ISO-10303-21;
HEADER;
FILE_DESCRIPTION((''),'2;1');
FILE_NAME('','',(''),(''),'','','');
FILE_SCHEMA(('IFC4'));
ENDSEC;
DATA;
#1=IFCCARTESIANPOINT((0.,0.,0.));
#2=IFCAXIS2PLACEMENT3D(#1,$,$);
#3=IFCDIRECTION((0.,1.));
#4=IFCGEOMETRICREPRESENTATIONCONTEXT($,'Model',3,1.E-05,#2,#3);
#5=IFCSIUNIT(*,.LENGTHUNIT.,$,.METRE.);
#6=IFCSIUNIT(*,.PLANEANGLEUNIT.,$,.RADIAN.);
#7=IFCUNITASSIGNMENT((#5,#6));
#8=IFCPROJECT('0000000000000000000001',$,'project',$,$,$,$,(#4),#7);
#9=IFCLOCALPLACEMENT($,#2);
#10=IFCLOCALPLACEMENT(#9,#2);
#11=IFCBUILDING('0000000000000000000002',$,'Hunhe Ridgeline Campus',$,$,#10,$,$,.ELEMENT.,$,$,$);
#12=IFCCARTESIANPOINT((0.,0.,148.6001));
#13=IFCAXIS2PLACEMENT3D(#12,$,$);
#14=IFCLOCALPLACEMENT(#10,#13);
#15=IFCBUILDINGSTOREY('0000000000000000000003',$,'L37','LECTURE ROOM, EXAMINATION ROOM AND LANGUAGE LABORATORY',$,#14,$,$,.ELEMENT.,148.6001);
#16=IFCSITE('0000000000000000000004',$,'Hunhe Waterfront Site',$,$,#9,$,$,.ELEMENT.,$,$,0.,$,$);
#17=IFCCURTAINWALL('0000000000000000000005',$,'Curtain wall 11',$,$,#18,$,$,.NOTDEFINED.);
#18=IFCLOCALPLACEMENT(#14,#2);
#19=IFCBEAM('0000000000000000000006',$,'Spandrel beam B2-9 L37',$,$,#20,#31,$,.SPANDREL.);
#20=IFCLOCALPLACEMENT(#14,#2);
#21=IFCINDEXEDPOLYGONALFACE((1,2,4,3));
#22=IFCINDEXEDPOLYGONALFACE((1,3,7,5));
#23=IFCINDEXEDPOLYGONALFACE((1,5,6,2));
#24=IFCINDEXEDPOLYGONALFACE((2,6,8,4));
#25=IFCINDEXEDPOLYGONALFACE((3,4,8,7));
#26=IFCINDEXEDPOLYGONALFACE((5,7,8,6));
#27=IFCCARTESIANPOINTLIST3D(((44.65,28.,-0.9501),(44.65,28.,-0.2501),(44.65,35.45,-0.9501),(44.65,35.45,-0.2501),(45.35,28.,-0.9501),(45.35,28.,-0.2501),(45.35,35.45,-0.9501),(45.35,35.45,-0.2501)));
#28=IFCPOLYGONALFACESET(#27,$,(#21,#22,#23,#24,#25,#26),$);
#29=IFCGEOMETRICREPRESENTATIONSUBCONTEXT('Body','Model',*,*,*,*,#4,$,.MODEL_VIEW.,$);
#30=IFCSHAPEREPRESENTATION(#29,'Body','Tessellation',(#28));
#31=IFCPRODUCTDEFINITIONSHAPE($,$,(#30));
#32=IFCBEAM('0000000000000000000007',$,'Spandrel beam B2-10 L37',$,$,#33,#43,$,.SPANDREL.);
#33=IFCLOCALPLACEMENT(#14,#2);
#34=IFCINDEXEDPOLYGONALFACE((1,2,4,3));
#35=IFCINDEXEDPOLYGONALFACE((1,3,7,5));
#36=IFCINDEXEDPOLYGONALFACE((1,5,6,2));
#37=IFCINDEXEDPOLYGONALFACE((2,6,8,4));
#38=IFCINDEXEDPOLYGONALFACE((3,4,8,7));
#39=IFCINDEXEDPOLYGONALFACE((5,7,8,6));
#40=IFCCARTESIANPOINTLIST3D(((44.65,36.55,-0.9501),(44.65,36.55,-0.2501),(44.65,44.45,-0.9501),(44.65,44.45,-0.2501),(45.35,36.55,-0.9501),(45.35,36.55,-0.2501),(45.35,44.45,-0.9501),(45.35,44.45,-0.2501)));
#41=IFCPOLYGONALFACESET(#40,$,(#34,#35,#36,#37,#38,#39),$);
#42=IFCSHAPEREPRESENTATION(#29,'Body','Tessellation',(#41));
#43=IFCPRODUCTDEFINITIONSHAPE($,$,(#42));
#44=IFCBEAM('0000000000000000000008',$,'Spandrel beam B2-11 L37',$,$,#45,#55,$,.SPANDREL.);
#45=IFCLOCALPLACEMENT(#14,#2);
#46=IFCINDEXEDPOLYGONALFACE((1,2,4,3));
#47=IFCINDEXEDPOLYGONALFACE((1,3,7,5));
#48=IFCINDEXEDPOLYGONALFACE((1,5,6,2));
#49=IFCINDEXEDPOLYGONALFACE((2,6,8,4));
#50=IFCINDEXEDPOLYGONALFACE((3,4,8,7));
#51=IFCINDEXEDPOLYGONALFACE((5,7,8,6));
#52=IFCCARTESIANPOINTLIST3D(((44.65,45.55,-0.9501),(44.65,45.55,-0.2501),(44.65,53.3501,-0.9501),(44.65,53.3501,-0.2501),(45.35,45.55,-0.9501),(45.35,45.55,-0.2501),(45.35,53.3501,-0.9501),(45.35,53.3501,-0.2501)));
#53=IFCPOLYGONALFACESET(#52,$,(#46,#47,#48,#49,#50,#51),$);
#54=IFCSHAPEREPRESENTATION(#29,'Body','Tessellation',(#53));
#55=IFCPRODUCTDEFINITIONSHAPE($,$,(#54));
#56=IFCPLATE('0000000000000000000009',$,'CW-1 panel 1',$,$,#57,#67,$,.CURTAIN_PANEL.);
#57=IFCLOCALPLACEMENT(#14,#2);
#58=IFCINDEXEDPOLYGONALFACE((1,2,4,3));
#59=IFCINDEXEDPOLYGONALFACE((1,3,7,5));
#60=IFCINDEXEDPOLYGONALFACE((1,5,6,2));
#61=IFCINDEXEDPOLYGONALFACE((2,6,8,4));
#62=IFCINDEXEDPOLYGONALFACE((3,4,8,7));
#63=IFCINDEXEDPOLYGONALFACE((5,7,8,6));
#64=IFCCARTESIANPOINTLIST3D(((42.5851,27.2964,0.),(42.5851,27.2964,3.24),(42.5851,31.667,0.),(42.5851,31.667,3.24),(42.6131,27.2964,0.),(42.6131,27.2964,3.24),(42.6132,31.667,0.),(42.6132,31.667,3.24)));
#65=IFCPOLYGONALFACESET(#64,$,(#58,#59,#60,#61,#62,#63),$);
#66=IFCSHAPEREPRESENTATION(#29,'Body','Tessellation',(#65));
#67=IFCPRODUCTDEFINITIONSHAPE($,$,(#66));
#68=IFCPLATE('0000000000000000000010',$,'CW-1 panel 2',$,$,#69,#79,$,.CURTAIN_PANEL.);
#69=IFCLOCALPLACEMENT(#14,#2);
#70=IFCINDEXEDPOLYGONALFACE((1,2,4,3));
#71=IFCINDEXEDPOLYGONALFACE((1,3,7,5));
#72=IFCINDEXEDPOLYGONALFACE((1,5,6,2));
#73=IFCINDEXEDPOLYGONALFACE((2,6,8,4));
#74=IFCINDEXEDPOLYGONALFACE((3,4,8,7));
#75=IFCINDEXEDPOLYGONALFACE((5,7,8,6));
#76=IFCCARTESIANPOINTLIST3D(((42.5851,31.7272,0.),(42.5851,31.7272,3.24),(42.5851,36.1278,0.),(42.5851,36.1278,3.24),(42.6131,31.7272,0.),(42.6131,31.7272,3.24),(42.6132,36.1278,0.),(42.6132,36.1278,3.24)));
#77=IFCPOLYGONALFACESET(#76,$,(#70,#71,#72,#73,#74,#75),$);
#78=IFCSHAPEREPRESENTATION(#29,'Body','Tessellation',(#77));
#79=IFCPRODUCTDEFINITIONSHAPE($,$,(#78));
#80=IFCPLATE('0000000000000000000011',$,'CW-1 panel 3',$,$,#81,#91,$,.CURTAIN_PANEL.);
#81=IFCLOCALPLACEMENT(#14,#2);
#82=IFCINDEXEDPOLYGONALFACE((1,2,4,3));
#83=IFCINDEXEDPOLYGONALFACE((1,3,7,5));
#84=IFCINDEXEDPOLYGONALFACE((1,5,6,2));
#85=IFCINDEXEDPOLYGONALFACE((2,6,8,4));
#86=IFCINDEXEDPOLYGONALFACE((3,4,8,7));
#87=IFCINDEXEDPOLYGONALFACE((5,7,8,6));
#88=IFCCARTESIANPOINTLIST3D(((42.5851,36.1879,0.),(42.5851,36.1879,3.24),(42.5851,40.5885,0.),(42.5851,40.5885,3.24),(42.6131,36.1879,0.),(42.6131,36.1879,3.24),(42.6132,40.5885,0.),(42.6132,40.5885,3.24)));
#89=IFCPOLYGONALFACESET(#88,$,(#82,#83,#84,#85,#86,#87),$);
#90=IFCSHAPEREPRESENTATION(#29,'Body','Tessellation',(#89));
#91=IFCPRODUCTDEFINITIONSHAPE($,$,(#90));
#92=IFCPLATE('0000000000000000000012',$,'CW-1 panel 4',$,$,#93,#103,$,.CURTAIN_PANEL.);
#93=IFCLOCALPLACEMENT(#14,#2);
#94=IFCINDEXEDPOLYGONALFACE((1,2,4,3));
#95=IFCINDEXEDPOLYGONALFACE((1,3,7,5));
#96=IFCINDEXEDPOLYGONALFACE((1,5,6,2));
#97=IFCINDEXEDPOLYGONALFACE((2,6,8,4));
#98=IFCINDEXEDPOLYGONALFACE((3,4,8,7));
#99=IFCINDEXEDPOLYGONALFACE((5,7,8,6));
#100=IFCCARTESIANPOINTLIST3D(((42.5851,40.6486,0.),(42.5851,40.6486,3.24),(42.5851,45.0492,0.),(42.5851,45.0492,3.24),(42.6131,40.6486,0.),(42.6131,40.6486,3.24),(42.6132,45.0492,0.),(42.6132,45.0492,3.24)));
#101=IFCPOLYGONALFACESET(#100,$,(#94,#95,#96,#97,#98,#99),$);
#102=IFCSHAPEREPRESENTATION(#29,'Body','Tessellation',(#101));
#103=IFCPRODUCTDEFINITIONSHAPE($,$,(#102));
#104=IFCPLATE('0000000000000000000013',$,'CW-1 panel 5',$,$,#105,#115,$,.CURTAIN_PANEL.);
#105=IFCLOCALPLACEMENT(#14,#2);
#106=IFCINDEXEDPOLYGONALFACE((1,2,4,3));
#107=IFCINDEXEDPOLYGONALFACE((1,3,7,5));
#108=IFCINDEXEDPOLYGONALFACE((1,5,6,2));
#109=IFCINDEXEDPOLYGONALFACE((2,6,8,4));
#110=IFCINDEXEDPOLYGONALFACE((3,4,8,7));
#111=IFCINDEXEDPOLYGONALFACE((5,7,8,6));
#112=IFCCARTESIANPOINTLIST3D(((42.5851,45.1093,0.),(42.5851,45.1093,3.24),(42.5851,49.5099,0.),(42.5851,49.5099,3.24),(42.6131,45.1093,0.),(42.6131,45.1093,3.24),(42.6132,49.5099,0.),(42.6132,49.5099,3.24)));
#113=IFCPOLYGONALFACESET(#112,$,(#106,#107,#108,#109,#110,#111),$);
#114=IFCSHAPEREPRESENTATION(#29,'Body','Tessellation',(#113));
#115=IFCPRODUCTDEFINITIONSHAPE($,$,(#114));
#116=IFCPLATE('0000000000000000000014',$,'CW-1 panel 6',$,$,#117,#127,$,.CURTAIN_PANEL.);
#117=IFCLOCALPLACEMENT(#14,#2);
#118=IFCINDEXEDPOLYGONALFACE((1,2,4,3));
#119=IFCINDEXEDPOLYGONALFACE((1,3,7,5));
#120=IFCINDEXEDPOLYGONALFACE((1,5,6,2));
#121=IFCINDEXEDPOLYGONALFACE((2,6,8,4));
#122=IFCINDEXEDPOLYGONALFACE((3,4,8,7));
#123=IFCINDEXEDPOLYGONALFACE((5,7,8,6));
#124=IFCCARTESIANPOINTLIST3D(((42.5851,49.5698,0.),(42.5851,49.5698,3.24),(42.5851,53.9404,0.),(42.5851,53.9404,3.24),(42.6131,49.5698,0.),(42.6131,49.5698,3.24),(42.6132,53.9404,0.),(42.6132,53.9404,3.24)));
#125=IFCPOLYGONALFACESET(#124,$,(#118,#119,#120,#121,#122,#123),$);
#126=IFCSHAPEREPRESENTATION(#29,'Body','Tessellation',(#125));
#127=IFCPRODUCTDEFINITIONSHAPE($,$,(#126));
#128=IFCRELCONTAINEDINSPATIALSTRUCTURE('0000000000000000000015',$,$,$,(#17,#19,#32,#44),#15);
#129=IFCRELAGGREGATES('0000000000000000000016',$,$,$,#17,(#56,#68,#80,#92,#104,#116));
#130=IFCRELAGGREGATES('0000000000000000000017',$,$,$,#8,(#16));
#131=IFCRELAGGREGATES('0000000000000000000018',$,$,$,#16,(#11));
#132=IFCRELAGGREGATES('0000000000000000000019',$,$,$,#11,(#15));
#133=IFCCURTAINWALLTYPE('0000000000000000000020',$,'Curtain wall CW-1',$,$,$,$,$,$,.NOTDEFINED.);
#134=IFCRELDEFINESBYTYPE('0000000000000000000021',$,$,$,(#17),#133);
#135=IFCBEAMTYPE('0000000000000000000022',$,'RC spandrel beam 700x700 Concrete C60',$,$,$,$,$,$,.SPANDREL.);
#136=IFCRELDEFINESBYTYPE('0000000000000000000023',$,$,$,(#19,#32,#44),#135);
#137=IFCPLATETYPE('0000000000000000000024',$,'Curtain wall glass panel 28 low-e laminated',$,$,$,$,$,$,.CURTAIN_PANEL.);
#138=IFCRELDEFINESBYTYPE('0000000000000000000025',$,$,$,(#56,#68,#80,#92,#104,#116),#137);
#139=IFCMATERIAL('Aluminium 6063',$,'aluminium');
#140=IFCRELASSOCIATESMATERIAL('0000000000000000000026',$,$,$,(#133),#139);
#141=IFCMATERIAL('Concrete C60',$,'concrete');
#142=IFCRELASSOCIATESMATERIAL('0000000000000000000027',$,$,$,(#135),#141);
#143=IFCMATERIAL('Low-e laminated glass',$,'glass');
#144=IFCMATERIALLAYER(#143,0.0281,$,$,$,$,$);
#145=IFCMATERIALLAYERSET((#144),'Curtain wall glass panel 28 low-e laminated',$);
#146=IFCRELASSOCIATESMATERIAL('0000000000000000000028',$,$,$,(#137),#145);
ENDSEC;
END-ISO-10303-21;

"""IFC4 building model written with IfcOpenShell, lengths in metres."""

from ifc_helpers import new_model, si_unit, direction, frame, origin, origin_2d, place, context, subcontext, project, spatial, rectangle, extrude, material, layer, layer_set, material_profile, profile_set, type_object, element, aggregate, save


model = new_model("IFC4")

# Units and contexts
model_context = context("Model", 3, precision=1e-05, world=origin(), true_north=direction((0.0, 1.0)))
body_context = subcontext(model_context, "Body", "Model", "MODEL_VIEW")
ifc_project = project(units=[si_unit("LENGTHUNIT", "METRE"), si_unit("PLANEANGLEUNIT", "RADIAN")], contexts=[model_context])

# Site, building, storey
site_placement = place(None, origin())
site = spatial("IfcSite", under=ifc_project, at=site_placement, Name="Hunhe Waterfront Site", CompositionType="ELEMENT", RefElevation=0.0)
building_placement = place(site_placement, origin())
building = spatial("IfcBuilding", under=site, at=building_placement, Name="Hunhe Ridgeline Campus", CompositionType="ELEMENT")
storey_placement = place(building_placement, frame((0.0, 0.0, 148.6001)))
storey = spatial("IfcBuildingStorey", under=building, at=storey_placement, Name="L37", Description="LECTURE ROOM, EXAMINATION ROOM AND LANGUAGE LABORATORY", CompositionType="ELEMENT", Elevation=148.6001)

# Curtain wall
ifc_material_1 = material(Name="Aluminium 6063", Category="aluminium")
curtain_wall_type_1 = type_object("IfcCurtainWallType", Name="Curtain wall CW-1", PredefinedType="NOTDEFINED", material=ifc_material_1)
curtain_wall_1_placement = place(storey_placement, origin())
curtain_wall_1 = element("IfcCurtainWall", 1, at=curtain_wall_1_placement, inside=storey, type_object=curtain_wall_type_1, Name="Curtain wall 11", PredefinedType="NOTDEFINED")

# Beams
ifc_material_2 = material(Name="Concrete C60", Category="concrete")
ifc_material_profile_1 = material_profile(ifc_material_2, rectangle(XDim=0.7, YDim=0.7, at=origin_2d()))
ifc_profile_set_1 = profile_set([ifc_material_profile_1], Name="Concrete C60")
beam_type = type_object("IfcBeamType", Name="RC spandrel beam 700x700 Concrete C60", PredefinedType="SPANDREL", material=ifc_profile_set_1)
beam_1_placement = place(storey_placement, frame((45.0, 28.0, -0.6001), z_axis=(0.0, 1.0, 0.0), x_axis=(-1.0, 0.0, 0.0)))
element("IfcBeam", 2, at=beam_1_placement, inside=storey, type_object=beam_type, Name="Spandrel beam B2-9 L37", PredefinedType="SPANDREL", context=body_context, shape_type="SweptSolid", body=[
    extrude(rectangle(XDim=0.7, YDim=0.7, at=origin_2d()), origin(), (0.0, 0.0, 1.0), 7.45),
])
beam_2_placement = place(storey_placement, frame((45.0, 36.55, -0.6001), z_axis=(0.0, 1.0, 0.0), x_axis=(-1.0, 0.0, 0.0)))
element("IfcBeam", 3, at=beam_2_placement, inside=storey, type_object=beam_type, Name="Spandrel beam B2-10 L37", PredefinedType="SPANDREL", context=body_context, shape_type="SweptSolid", body=[
    extrude(rectangle(XDim=0.7, YDim=0.7, at=origin_2d()), origin(), (0.0, 0.0, 1.0), 7.8999),
])
beam_3_placement = place(storey_placement, frame((45.0, 45.55, -0.6001), z_axis=(0.0, 1.0, 0.0), x_axis=(-1.0, 0.0, 0.0)))
element("IfcBeam", 4, at=beam_3_placement, inside=storey, type_object=beam_type, Name="Spandrel beam B2-11 L37", PredefinedType="SPANDREL", context=body_context, shape_type="SweptSolid", body=[
    extrude(rectangle(XDim=0.7, YDim=0.7, at=origin_2d()), origin(), (0.0, 0.0, 1.0), 7.8),
])

# Plates
ifc_material_3 = material(Name="Low-e laminated glass", Category="glass")
ifc_layer = layer(ifc_material_3, 0.0281)
ifc_layer_set = layer_set([ifc_layer], Name="Curtain wall glass panel 28 low-e laminated")
plate_type = type_object("IfcPlateType", Name="Curtain wall glass panel 28 low-e laminated", PredefinedType="CURTAIN_PANEL", material=ifc_layer_set)
plate_1_placement = place(storey_placement, frame((42.5991, 29.4817, 0.0), z_axis=(0.0, 0.0, 1.0), x_axis=(0.000004, 1.0, 0.0)))
plate_1 = element("IfcPlate", 5, at=plate_1_placement, type_object=plate_type, Name="CW-1 panel 1", PredefinedType="CURTAIN_PANEL", context=body_context, shape_type="SweptSolid", body=[
    extrude(rectangle(XDim=4.3706, YDim=0.0281, at=origin_2d()), origin(), (0.0, 0.0, 1.0), 3.24),
])
plate_2_placement = place(storey_placement, frame((42.5991, 33.9275, 0.0), z_axis=(0.0, 0.0, 1.0), x_axis=(0.000004, 1.0, 0.0)))
plate_2 = element("IfcPlate", 6, at=plate_2_placement, type_object=plate_type, Name="CW-1 panel 2", PredefinedType="CURTAIN_PANEL", context=body_context, shape_type="SweptSolid", body=[
    extrude(rectangle(XDim=4.4006, YDim=0.0281, at=origin_2d()), origin(), (0.0, 0.0, 1.0), 3.24),
])
plate_3_placement = place(storey_placement, frame((42.5991, 38.3882, 0.0), z_axis=(0.0, 0.0, 1.0), x_axis=(0.000004, 1.0, 0.0)))
plate_3 = element("IfcPlate", 7, at=plate_3_placement, type_object=plate_type, Name="CW-1 panel 3", PredefinedType="CURTAIN_PANEL", context=body_context, shape_type="SweptSolid", body=[
    extrude(rectangle(XDim=4.4006, YDim=0.0281, at=origin_2d()), origin(), (0.0, 0.0, 1.0), 3.24),
])
plate_4_placement = place(storey_placement, frame((42.5991, 42.8489, 0.0), z_axis=(0.0, 0.0, 1.0), x_axis=(0.000004, 1.0, 0.0)))
plate_4 = element("IfcPlate", 8, at=plate_4_placement, type_object=plate_type, Name="CW-1 panel 4", PredefinedType="CURTAIN_PANEL", context=body_context, shape_type="SweptSolid", body=[
    extrude(rectangle(XDim=4.4006, YDim=0.0281, at=origin_2d()), origin(), (0.0, 0.0, 1.0), 3.24),
])
plate_5_placement = place(storey_placement, frame((42.5991, 47.3096, 0.0), z_axis=(0.0, 0.0, 1.0), x_axis=(0.000004, 1.0, 0.0)))
plate_5 = element("IfcPlate", 9, at=plate_5_placement, type_object=plate_type, Name="CW-1 panel 5", PredefinedType="CURTAIN_PANEL", context=body_context, shape_type="SweptSolid", body=[
    extrude(rectangle(XDim=4.4006, YDim=0.0281, at=origin_2d()), origin(), (0.0, 0.0, 1.0), 3.24),
])
plate_6_placement = place(storey_placement, frame((42.5991, 51.7551, 0.0), z_axis=(0.0, 0.0, 1.0), x_axis=(0.000004, 1.0, 0.0)))
plate_6 = element("IfcPlate", 10, at=plate_6_placement, type_object=plate_type, Name="CW-1 panel 6", PredefinedType="CURTAIN_PANEL", context=body_context, shape_type="SweptSolid", body=[
    extrude(rectangle(XDim=4.3706, YDim=0.0281, at=origin_2d()), origin(), (0.0, 0.0, 1.0), 3.24),
])
aggregate(curtain_wall_1, [plate_1, plate_2, plate_3, plate_4, plate_5, plate_6])

save(model, "model.ifc")
